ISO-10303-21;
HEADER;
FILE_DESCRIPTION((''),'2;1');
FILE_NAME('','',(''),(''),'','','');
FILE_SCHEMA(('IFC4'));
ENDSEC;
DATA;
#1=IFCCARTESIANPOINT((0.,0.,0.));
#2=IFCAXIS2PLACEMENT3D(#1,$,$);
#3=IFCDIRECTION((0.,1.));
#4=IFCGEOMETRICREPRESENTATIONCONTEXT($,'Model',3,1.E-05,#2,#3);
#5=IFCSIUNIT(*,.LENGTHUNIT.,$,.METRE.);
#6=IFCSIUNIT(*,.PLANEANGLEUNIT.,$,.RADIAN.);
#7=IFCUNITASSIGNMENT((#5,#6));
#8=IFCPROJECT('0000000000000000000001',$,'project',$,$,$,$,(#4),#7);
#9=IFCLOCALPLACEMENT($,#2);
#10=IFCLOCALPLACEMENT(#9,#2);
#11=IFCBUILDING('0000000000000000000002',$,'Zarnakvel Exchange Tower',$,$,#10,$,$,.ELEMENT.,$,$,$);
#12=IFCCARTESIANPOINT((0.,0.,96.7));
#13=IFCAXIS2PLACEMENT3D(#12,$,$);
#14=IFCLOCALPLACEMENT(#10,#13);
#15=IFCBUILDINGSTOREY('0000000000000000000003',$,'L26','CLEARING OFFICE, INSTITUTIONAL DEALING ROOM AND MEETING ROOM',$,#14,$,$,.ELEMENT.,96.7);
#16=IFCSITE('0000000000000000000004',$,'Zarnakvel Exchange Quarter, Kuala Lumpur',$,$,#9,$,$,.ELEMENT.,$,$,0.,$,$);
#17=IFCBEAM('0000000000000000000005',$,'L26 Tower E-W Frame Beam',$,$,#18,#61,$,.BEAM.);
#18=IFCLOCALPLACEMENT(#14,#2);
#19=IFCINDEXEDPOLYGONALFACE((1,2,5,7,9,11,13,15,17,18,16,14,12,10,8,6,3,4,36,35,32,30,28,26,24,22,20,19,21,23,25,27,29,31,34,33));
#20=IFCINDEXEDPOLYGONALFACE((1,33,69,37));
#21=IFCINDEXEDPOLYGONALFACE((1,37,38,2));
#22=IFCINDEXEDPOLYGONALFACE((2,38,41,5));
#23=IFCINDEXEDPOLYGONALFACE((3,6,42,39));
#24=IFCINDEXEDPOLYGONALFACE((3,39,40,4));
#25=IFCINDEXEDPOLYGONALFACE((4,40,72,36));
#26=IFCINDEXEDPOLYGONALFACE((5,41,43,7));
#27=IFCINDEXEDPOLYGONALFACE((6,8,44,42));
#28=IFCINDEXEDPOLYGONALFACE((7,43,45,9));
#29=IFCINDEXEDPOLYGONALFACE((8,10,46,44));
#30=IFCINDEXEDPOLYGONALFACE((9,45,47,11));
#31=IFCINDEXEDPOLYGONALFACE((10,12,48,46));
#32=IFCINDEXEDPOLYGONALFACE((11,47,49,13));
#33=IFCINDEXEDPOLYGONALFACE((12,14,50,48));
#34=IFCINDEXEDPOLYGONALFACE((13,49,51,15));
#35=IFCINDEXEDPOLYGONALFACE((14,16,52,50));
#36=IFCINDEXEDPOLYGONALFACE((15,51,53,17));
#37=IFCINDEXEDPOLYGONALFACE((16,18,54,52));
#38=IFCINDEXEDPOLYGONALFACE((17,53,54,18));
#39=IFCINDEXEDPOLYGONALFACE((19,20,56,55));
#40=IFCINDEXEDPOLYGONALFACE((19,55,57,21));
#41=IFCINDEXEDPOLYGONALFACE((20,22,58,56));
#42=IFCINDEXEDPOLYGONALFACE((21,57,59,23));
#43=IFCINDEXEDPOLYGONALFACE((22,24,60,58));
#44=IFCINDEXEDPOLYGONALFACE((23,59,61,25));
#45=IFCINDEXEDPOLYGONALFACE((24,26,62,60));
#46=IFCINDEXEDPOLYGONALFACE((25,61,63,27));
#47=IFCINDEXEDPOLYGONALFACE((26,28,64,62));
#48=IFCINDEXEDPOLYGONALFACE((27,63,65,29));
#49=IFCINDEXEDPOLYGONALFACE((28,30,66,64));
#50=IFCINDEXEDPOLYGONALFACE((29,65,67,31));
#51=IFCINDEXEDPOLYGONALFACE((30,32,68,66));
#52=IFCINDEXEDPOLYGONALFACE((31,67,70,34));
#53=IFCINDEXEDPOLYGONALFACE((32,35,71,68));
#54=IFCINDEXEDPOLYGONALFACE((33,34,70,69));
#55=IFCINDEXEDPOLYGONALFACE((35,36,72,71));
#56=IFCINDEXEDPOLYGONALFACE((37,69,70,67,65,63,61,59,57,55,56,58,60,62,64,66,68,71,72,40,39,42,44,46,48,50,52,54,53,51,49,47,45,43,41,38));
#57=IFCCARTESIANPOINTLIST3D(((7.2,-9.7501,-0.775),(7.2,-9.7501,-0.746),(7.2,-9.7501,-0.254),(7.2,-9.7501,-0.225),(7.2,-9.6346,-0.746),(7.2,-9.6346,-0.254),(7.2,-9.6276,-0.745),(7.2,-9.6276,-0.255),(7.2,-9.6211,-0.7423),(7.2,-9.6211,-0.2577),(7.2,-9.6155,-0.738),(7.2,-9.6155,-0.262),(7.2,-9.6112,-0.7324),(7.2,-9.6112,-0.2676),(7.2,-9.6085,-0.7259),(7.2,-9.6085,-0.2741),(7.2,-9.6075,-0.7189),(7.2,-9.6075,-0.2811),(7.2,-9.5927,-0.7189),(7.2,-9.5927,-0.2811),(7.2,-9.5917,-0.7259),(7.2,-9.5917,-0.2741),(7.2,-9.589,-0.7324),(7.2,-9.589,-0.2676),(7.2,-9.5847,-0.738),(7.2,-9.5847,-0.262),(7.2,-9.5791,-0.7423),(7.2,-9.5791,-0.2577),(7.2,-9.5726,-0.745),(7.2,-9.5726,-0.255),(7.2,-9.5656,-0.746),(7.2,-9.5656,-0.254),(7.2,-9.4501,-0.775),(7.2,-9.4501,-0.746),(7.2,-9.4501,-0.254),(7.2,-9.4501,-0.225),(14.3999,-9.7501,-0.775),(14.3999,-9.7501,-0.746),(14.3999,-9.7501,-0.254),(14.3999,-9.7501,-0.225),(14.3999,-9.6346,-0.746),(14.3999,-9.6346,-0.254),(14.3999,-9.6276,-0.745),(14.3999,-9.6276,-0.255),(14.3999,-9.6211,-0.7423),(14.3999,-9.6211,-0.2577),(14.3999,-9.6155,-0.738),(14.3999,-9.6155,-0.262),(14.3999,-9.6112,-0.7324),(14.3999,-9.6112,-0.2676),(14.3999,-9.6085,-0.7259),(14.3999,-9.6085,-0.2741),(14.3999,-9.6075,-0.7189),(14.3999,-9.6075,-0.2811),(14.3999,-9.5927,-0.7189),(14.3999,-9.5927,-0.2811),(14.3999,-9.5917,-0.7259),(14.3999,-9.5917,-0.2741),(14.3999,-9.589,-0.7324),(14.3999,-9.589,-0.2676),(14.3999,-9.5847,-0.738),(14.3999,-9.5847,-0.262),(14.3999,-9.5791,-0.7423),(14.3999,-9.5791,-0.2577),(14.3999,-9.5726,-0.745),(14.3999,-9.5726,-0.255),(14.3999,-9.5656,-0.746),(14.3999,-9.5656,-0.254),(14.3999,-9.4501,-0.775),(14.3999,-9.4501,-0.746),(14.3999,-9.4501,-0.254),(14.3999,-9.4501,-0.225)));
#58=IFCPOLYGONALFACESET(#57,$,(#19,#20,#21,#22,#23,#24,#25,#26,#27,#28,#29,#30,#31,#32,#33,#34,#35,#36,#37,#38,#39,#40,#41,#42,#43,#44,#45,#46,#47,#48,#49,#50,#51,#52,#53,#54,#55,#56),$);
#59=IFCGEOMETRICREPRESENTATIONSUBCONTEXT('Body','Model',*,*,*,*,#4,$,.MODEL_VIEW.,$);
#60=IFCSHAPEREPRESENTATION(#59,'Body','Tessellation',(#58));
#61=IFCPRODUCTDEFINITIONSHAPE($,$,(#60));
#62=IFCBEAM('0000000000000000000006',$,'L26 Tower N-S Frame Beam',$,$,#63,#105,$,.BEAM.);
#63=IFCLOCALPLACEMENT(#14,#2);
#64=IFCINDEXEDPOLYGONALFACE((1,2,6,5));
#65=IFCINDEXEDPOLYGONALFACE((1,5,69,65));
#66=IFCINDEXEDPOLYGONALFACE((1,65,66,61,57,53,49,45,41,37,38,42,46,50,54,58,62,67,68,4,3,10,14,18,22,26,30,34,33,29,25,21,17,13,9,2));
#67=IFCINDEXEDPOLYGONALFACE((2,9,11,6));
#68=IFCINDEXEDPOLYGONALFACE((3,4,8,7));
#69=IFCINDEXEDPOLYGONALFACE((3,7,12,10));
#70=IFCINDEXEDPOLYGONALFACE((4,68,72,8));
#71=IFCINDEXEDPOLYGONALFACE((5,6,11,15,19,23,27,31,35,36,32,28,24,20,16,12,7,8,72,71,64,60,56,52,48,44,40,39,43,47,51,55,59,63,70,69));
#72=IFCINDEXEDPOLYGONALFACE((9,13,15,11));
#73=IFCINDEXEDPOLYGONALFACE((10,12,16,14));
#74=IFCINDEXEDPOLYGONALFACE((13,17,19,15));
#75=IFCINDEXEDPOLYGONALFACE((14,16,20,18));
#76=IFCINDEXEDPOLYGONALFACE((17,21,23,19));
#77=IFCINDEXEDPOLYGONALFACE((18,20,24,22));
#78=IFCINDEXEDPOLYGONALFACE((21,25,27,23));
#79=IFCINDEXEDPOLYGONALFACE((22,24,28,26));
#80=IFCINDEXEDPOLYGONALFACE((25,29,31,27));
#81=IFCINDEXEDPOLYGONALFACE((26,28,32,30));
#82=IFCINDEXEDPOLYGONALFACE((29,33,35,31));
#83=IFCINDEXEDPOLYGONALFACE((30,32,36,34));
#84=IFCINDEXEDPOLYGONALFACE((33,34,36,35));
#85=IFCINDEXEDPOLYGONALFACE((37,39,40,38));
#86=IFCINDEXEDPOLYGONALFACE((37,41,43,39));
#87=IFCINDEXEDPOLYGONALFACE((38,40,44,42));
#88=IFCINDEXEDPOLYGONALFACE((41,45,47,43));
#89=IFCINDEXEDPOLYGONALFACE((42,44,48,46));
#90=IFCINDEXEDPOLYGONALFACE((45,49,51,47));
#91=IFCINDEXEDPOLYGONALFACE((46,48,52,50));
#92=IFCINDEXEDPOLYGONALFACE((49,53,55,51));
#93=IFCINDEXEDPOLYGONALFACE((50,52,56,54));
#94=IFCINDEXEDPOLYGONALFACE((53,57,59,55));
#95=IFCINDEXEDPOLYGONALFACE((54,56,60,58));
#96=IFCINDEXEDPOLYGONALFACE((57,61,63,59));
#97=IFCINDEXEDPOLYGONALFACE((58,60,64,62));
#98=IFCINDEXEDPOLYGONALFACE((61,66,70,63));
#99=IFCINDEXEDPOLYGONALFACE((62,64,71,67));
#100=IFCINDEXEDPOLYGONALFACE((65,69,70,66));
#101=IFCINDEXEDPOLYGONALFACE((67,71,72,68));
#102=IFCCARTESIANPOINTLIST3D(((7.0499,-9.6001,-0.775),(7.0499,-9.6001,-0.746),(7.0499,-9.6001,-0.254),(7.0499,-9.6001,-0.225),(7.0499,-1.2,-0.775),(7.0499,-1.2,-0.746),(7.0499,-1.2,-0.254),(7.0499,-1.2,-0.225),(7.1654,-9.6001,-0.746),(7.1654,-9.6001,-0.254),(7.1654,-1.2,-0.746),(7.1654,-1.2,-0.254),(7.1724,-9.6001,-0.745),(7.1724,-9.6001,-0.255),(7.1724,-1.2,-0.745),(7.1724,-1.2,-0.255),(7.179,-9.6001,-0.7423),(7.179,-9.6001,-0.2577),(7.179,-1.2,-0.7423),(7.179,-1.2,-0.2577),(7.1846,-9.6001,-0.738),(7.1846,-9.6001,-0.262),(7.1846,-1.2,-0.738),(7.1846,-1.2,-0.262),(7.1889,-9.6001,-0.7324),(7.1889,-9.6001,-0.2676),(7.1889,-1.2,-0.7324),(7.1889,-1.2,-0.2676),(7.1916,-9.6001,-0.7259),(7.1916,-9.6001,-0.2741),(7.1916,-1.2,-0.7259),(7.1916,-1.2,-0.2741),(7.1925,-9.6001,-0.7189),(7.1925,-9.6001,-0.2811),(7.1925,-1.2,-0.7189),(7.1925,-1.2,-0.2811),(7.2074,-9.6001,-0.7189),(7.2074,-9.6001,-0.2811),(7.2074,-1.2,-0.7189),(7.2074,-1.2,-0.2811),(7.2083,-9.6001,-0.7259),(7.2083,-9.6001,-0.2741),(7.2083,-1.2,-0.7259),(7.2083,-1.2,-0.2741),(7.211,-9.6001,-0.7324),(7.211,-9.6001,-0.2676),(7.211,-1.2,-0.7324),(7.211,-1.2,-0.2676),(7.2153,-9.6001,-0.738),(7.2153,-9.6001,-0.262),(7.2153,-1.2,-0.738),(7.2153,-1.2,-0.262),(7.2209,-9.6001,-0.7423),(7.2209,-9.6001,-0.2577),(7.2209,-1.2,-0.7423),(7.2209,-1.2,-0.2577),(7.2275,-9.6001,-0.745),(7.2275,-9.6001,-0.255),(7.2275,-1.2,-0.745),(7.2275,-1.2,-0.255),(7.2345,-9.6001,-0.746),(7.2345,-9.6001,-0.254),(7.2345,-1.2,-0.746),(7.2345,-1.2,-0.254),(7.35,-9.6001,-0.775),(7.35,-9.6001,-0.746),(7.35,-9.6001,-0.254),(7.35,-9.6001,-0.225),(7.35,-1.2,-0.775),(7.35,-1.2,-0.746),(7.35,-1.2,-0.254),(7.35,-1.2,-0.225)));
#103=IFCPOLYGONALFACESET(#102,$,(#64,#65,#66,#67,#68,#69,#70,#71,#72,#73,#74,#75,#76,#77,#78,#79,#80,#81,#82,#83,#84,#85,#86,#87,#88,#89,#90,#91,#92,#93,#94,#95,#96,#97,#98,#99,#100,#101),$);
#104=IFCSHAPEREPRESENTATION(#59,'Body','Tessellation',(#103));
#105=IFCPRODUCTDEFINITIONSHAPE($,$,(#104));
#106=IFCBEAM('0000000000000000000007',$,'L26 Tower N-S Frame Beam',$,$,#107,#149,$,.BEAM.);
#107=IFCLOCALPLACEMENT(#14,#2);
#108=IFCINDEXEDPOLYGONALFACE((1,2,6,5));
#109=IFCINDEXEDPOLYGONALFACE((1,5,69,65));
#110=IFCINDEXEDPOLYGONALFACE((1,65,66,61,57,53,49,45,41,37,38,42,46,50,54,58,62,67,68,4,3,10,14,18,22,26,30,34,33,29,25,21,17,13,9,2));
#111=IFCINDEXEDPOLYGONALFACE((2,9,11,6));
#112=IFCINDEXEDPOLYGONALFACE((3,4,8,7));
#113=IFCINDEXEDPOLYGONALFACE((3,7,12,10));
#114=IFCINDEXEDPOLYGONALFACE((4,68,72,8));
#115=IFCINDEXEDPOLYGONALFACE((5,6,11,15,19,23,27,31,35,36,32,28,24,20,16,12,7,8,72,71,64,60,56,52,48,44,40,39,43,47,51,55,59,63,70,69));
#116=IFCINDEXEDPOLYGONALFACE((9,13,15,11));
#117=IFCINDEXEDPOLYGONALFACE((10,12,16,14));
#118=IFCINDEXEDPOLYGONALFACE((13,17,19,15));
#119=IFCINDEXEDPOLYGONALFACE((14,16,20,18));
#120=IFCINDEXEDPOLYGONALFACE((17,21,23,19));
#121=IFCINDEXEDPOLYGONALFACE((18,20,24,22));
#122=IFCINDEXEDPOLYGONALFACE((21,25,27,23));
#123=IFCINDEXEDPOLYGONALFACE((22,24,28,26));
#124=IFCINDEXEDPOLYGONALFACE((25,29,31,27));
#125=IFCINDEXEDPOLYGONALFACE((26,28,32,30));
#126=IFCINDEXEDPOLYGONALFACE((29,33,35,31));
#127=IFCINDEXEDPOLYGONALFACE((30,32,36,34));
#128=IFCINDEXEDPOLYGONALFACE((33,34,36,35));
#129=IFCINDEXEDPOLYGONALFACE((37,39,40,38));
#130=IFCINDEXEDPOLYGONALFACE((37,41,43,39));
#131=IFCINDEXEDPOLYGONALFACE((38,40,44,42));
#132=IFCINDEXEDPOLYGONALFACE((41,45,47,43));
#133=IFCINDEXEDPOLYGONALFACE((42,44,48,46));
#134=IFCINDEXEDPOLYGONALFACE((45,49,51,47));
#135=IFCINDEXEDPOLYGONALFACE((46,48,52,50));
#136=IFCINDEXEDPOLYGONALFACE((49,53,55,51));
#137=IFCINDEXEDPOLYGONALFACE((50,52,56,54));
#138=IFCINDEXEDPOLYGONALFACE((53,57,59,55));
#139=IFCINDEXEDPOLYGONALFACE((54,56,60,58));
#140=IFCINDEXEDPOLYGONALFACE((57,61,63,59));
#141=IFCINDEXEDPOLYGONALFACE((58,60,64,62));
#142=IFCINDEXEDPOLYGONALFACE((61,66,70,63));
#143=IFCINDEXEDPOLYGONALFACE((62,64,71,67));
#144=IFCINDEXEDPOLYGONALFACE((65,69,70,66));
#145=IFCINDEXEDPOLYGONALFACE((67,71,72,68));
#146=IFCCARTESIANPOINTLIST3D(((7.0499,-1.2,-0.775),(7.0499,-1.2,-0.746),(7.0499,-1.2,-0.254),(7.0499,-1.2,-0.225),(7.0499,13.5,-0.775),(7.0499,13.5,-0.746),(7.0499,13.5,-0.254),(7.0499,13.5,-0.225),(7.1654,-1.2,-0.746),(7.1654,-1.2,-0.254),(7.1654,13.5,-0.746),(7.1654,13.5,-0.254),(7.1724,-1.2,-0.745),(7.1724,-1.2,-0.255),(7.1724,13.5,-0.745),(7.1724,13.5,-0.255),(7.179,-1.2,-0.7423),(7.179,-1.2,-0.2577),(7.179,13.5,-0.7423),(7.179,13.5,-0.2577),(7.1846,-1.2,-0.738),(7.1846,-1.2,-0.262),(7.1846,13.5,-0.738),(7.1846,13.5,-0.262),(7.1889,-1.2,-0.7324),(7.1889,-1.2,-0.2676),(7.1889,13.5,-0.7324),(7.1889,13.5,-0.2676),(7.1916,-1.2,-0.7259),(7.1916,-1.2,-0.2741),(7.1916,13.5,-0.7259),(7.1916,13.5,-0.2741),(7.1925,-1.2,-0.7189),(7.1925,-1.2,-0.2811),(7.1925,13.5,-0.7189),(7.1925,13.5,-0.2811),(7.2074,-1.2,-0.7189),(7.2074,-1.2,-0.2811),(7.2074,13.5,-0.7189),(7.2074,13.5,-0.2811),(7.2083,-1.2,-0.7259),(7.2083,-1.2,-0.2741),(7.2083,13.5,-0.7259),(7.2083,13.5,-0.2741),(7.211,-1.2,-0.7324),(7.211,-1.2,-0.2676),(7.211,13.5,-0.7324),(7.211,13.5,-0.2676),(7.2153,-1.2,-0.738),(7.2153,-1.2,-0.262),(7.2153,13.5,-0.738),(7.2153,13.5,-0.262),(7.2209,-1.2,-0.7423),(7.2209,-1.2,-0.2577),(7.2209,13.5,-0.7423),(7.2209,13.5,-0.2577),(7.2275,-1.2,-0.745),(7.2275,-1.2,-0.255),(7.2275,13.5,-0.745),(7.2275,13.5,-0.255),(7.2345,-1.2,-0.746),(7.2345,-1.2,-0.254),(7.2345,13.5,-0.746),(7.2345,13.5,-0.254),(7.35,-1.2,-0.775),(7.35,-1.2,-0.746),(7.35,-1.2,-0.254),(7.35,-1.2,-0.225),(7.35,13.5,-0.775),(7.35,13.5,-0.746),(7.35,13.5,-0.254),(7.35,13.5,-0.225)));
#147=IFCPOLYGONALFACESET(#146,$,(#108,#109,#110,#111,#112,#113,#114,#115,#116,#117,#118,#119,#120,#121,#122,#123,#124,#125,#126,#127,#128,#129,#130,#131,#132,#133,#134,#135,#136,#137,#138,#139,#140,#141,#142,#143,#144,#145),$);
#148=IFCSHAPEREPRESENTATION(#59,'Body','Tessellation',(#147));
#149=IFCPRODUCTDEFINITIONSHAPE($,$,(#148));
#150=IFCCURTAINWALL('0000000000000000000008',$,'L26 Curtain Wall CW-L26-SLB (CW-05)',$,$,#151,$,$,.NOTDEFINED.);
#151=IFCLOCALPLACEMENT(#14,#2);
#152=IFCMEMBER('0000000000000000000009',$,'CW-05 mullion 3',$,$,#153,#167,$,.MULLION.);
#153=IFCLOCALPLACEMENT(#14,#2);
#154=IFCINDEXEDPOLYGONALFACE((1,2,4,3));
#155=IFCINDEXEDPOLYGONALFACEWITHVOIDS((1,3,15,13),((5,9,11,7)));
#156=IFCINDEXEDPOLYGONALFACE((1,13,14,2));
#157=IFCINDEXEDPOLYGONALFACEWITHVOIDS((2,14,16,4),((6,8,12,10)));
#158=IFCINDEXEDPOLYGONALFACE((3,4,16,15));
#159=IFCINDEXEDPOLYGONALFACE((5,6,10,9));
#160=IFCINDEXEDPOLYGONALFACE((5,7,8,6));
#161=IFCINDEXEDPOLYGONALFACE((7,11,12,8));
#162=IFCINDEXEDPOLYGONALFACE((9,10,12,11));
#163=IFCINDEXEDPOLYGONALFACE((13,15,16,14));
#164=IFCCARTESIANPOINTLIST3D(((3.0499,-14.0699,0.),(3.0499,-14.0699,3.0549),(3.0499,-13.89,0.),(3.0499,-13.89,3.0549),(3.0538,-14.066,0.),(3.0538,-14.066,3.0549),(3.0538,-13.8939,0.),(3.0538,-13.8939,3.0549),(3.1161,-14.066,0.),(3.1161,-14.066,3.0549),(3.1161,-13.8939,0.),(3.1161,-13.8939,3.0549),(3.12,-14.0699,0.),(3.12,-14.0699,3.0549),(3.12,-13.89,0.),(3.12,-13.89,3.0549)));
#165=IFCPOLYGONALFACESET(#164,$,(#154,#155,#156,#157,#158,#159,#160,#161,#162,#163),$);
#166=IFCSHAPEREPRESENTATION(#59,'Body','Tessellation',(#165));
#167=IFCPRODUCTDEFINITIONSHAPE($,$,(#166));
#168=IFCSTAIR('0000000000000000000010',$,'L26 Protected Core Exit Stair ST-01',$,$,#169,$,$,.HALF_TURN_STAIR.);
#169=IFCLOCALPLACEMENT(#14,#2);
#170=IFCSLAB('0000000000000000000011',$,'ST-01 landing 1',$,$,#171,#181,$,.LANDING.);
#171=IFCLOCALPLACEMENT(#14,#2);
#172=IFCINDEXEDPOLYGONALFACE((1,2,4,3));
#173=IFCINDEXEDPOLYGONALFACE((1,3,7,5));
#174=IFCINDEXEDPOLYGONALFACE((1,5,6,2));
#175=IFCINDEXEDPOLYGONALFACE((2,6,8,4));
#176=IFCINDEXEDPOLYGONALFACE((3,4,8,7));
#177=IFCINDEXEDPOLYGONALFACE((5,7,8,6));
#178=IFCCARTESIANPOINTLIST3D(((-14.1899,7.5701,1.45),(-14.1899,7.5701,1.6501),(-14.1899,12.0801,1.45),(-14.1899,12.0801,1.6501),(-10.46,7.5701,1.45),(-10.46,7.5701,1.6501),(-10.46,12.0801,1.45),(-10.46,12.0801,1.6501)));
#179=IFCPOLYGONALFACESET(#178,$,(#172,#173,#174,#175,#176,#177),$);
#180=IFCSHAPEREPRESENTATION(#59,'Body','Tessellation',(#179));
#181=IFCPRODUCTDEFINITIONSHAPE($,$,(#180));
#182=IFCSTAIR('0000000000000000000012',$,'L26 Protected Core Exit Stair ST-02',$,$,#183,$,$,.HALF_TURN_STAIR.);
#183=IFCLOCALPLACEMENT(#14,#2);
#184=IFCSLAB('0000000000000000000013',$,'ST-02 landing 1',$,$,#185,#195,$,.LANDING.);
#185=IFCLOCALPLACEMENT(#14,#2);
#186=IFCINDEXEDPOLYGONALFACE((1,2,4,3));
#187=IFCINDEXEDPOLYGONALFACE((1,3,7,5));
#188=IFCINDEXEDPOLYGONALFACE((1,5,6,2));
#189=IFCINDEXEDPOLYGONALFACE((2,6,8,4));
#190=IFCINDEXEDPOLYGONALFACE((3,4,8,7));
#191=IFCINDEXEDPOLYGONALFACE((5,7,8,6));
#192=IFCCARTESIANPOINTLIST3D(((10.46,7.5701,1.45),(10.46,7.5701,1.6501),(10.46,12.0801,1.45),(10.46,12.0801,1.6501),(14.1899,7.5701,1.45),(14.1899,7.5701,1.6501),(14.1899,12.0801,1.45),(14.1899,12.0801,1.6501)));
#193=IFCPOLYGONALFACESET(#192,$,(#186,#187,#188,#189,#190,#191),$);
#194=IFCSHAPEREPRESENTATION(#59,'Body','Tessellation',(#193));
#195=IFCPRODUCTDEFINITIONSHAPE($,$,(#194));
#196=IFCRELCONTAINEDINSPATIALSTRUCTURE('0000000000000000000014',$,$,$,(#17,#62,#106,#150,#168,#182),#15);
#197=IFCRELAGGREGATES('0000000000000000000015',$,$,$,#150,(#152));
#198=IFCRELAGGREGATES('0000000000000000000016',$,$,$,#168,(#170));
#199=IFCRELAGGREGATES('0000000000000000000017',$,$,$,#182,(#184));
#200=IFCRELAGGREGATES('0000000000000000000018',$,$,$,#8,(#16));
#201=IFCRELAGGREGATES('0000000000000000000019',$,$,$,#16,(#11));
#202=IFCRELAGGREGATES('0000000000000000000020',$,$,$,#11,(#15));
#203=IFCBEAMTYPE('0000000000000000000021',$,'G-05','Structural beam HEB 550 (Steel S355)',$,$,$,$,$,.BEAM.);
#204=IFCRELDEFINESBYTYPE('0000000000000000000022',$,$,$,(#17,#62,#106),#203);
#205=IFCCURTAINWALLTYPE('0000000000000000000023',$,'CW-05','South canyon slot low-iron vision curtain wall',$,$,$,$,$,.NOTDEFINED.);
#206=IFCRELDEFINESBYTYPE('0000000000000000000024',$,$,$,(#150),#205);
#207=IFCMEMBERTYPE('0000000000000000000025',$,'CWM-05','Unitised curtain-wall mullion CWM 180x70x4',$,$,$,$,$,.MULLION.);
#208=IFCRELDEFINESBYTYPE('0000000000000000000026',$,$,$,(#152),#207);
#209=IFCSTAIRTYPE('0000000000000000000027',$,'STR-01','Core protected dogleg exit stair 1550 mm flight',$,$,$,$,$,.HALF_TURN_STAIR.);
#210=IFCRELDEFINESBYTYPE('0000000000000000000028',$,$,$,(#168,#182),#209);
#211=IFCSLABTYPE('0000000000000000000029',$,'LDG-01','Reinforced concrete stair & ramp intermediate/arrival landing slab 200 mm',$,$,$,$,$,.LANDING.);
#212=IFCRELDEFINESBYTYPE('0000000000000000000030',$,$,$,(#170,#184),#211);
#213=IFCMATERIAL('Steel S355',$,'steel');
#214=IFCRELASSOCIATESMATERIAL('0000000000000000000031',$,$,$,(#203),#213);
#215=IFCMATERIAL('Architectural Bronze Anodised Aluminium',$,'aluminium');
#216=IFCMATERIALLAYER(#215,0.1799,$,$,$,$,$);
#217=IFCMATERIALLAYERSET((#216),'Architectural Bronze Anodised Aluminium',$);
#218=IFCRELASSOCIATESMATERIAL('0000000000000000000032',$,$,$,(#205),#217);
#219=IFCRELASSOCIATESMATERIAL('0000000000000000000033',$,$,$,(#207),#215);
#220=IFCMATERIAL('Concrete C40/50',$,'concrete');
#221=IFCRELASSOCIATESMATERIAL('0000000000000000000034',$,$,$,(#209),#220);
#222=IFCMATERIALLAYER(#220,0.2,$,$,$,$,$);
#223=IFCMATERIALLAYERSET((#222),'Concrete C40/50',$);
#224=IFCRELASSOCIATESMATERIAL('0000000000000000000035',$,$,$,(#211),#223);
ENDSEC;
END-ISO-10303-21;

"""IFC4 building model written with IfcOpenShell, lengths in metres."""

from ifc_helpers import new_model, si_unit, direction, frame, origin, origin_2d, place, context, subcontext, project, spatial, polyline, hollow_rectangle, i_section, outline, extrude, source, transform, mapped, material, layer, layer_set, material_profile, profile_set, type_object, element, aggregate, save


model = new_model("IFC4")

# Units and contexts
model_context = context("Model", 3, precision=1e-05, world=origin(), true_north=direction((0.0, 1.0)))
body_context = subcontext(model_context, "Body", "Model", "MODEL_VIEW")
ifc_project = project(units=[si_unit("LENGTHUNIT", "METRE"), si_unit("PLANEANGLEUNIT", "RADIAN")], contexts=[model_context])

# Site, building, storey
site_placement = place(None, origin())
site = spatial("IfcSite", under=ifc_project, at=site_placement, Name="Zarnakvel Exchange Quarter, Kuala Lumpur", CompositionType="ELEMENT", RefElevation=0.0)
building_placement = place(site_placement, origin())
building = spatial("IfcBuilding", under=site, at=building_placement, Name="Zarnakvel Exchange Tower", CompositionType="ELEMENT")
storey_placement = place(building_placement, frame((0.0, 0.0, 96.7)))
storey = spatial("IfcBuildingStorey", under=building, at=storey_placement, Name="L26", Description="CLEARING OFFICE, INSTITUTIONAL DEALING ROOM AND MEETING ROOM", CompositionType="ELEMENT", Elevation=96.7)

# Beams
ifc_material_1 = material(Name="Steel S355", Category="steel")
ifc_material_profile_1 = material_profile(ifc_material_1, i_section(OverallWidth=0.3, OverallDepth=0.55, WebThickness=0.0149, FlangeThickness=0.0291, FilletRadius=0.0271, at=origin_2d()))
ifc_profile_set_1 = profile_set([ifc_material_profile_1], Name="Steel S355")
beam_type_1 = type_object("IfcBeamType", Name="G-05", Description="Structural beam HEB 550 (Steel S355)", PredefinedType="BEAM", material=ifc_profile_set_1)
beam_1_placement = place(storey_placement, frame((7.2, -9.6001, -0.5), z_axis=(1.0, 0.0, 0.0), x_axis=(0.0, 1.0, 0.0)))
element("IfcBeam", 1, at=beam_1_placement, inside=storey, type_object=beam_type_1, Name="L26 Tower E-W Frame Beam", PredefinedType="BEAM", context=body_context, shape_type="SweptSolid", body=[
    extrude(i_section(OverallWidth=0.3, OverallDepth=0.55, WebThickness=0.0149, FlangeThickness=0.0291, FilletRadius=0.0271, at=origin_2d()), origin(), (0.0, 0.0, 1.0), 7.2),
])
beam_2_placement = place(storey_placement, frame((7.2, -9.6001, -0.5), z_axis=(0.0, 1.0, 0.0), x_axis=(-1.0, 0.0, 0.0)))
element("IfcBeam", 2, at=beam_2_placement, inside=storey, type_object=beam_type_1, Name="L26 Tower N-S Frame Beam", PredefinedType="BEAM", context=body_context, shape_type="SweptSolid", body=[
    extrude(i_section(OverallWidth=0.3, OverallDepth=0.55, WebThickness=0.0149, FlangeThickness=0.0291, FilletRadius=0.0271, at=origin_2d()), origin(), (0.0, 0.0, 1.0), 8.4001),
])
beam_3_placement = place(storey_placement, frame((7.2, -1.2, -0.5), z_axis=(0.0, 1.0, 0.0), x_axis=(-1.0, 0.0, 0.0)))
element("IfcBeam", 3, at=beam_3_placement, inside=storey, type_object=beam_type_1, Name="L26 Tower N-S Frame Beam", PredefinedType="BEAM", context=body_context, shape_type="SweptSolid", body=[
    extrude(i_section(OverallWidth=0.3, OverallDepth=0.55, WebThickness=0.0149, FlangeThickness=0.0291, FilletRadius=0.0271, at=origin_2d()), origin(), (0.0, 0.0, 1.0), 14.7),
])

# Curtain wall, member
ifc_material_2 = material(Name="Architectural Bronze Anodised Aluminium", Category="aluminium")
ifc_layer_1 = layer(ifc_material_2, 0.1799)
ifc_layer_set_1 = layer_set([ifc_layer_1], Name="Architectural Bronze Anodised Aluminium")
curtain_wall_type = type_object("IfcCurtainWallType", Name="CW-05", Description="South canyon slot low-iron vision curtain wall", PredefinedType="NOTDEFINED", material=ifc_layer_set_1)
curtain_wall_placement = place(storey_placement, origin())
curtain_wall = element("IfcCurtainWall", 4, at=curtain_wall_placement, inside=storey, type_object=curtain_wall_type, Name="L26 Curtain Wall CW-L26-SLB (CW-05)", PredefinedType="NOTDEFINED")
ifc_material_profile_2 = material_profile(ifc_material_2, hollow_rectangle(XDim=0.1799, YDim=0.0701, WallThickness=0.0039, at=origin_2d()))
ifc_profile_set_2 = profile_set([ifc_material_profile_2], Name="Architectural Bronze Anodised Aluminium")
member_type = type_object("IfcMemberType", Name="CWM-05", Description="Unitised curtain-wall mullion CWM 180x70x4", PredefinedType="MULLION", material=ifc_profile_set_2)
shared_shape_1 = source(origin(), body_context, "Body", "SweptSolid", [
    extrude(hollow_rectangle(XDim=0.1799, YDim=0.0701, WallThickness=0.0039, at=origin_2d()), origin(), (0.0, 0.0, 1.0), 3.0549),
])
member_placement = place(storey_placement, frame((3.085, -13.98, 0.0), z_axis=(0.0, 0.0, 1.0), x_axis=(0.0, 1.0, 0.0)))
member = element("IfcMember", 5, at=member_placement, type_object=member_type, Name="CW-05 mullion 3", PredefinedType="MULLION", context=body_context, shape_type="MappedRepresentation", body=[
    mapped(shared_shape_1, transform((0.0, 0.0, 0.0), x_axis=(1.0, 0.0, 0.0), y_axis=(0.0, 1.0, 0.0), z_axis=(0.0, 0.0, 1.0), scale=1.0)),
])
aggregate(curtain_wall, [member])

# Stairs, slabs
ifc_material_3 = material(Name="Concrete C40/50", Category="concrete")
stair_type = type_object("IfcStairType", Name="STR-01", Description="Core protected dogleg exit stair 1550 mm flight", PredefinedType="HALF_TURN_STAIR", material=ifc_material_3)
stair_1_placement = place(storey_placement, origin())
stair_1 = element("IfcStair", 6, at=stair_1_placement, inside=storey, type_object=stair_type, Name="L26 Protected Core Exit Stair ST-01", PredefinedType="HALF_TURN_STAIR")
ifc_layer_2 = layer(ifc_material_3, 0.2)
ifc_layer_set_2 = layer_set([ifc_layer_2], Name="Concrete C40/50")
slab_type_1 = type_object("IfcSlabType", Name="LDG-01", Description="Reinforced concrete stair & ramp intermediate/arrival landing slab 200 mm", PredefinedType="LANDING", material=ifc_layer_set_2)
slab_1_placement = place(storey_placement, frame((0.0, 0.0, 1.45)))
slab_1 = element("IfcSlab", 7, at=slab_1_placement, type_object=slab_type_1, Name="ST-01 landing 1", PredefinedType="LANDING", context=body_context, shape_type="SweptSolid", body=[
    extrude(outline(polyline([(-14.1899, 7.5701), (-10.46, 7.5701), (-10.46, 12.0801), (-14.1899, 12.0801), (-14.1899, 7.5701)])), origin(), (0.0, 0.0, 1.0), 0.2002),
])
aggregate(stair_1, [slab_1])
stair_2_placement = place(storey_placement, origin())
stair_2 = element("IfcStair", 8, at=stair_2_placement, inside=storey, type_object=stair_type, Name="L26 Protected Core Exit Stair ST-02", PredefinedType="HALF_TURN_STAIR")
slab_2_placement = place(storey_placement, frame((0.0, 0.0, 1.45)))
slab_2 = element("IfcSlab", 9, at=slab_2_placement, type_object=slab_type_1, Name="ST-02 landing 1", PredefinedType="LANDING", context=body_context, shape_type="SweptSolid", body=[
    extrude(outline(polyline([(10.46, 7.5701), (14.1899, 7.5701), (14.1899, 12.0801), (10.46, 12.0801), (10.46, 7.5701)])), origin(), (0.0, 0.0, 1.0), 0.2002),
])
aggregate(stair_2, [slab_2])

save(model, "model.ifc")
